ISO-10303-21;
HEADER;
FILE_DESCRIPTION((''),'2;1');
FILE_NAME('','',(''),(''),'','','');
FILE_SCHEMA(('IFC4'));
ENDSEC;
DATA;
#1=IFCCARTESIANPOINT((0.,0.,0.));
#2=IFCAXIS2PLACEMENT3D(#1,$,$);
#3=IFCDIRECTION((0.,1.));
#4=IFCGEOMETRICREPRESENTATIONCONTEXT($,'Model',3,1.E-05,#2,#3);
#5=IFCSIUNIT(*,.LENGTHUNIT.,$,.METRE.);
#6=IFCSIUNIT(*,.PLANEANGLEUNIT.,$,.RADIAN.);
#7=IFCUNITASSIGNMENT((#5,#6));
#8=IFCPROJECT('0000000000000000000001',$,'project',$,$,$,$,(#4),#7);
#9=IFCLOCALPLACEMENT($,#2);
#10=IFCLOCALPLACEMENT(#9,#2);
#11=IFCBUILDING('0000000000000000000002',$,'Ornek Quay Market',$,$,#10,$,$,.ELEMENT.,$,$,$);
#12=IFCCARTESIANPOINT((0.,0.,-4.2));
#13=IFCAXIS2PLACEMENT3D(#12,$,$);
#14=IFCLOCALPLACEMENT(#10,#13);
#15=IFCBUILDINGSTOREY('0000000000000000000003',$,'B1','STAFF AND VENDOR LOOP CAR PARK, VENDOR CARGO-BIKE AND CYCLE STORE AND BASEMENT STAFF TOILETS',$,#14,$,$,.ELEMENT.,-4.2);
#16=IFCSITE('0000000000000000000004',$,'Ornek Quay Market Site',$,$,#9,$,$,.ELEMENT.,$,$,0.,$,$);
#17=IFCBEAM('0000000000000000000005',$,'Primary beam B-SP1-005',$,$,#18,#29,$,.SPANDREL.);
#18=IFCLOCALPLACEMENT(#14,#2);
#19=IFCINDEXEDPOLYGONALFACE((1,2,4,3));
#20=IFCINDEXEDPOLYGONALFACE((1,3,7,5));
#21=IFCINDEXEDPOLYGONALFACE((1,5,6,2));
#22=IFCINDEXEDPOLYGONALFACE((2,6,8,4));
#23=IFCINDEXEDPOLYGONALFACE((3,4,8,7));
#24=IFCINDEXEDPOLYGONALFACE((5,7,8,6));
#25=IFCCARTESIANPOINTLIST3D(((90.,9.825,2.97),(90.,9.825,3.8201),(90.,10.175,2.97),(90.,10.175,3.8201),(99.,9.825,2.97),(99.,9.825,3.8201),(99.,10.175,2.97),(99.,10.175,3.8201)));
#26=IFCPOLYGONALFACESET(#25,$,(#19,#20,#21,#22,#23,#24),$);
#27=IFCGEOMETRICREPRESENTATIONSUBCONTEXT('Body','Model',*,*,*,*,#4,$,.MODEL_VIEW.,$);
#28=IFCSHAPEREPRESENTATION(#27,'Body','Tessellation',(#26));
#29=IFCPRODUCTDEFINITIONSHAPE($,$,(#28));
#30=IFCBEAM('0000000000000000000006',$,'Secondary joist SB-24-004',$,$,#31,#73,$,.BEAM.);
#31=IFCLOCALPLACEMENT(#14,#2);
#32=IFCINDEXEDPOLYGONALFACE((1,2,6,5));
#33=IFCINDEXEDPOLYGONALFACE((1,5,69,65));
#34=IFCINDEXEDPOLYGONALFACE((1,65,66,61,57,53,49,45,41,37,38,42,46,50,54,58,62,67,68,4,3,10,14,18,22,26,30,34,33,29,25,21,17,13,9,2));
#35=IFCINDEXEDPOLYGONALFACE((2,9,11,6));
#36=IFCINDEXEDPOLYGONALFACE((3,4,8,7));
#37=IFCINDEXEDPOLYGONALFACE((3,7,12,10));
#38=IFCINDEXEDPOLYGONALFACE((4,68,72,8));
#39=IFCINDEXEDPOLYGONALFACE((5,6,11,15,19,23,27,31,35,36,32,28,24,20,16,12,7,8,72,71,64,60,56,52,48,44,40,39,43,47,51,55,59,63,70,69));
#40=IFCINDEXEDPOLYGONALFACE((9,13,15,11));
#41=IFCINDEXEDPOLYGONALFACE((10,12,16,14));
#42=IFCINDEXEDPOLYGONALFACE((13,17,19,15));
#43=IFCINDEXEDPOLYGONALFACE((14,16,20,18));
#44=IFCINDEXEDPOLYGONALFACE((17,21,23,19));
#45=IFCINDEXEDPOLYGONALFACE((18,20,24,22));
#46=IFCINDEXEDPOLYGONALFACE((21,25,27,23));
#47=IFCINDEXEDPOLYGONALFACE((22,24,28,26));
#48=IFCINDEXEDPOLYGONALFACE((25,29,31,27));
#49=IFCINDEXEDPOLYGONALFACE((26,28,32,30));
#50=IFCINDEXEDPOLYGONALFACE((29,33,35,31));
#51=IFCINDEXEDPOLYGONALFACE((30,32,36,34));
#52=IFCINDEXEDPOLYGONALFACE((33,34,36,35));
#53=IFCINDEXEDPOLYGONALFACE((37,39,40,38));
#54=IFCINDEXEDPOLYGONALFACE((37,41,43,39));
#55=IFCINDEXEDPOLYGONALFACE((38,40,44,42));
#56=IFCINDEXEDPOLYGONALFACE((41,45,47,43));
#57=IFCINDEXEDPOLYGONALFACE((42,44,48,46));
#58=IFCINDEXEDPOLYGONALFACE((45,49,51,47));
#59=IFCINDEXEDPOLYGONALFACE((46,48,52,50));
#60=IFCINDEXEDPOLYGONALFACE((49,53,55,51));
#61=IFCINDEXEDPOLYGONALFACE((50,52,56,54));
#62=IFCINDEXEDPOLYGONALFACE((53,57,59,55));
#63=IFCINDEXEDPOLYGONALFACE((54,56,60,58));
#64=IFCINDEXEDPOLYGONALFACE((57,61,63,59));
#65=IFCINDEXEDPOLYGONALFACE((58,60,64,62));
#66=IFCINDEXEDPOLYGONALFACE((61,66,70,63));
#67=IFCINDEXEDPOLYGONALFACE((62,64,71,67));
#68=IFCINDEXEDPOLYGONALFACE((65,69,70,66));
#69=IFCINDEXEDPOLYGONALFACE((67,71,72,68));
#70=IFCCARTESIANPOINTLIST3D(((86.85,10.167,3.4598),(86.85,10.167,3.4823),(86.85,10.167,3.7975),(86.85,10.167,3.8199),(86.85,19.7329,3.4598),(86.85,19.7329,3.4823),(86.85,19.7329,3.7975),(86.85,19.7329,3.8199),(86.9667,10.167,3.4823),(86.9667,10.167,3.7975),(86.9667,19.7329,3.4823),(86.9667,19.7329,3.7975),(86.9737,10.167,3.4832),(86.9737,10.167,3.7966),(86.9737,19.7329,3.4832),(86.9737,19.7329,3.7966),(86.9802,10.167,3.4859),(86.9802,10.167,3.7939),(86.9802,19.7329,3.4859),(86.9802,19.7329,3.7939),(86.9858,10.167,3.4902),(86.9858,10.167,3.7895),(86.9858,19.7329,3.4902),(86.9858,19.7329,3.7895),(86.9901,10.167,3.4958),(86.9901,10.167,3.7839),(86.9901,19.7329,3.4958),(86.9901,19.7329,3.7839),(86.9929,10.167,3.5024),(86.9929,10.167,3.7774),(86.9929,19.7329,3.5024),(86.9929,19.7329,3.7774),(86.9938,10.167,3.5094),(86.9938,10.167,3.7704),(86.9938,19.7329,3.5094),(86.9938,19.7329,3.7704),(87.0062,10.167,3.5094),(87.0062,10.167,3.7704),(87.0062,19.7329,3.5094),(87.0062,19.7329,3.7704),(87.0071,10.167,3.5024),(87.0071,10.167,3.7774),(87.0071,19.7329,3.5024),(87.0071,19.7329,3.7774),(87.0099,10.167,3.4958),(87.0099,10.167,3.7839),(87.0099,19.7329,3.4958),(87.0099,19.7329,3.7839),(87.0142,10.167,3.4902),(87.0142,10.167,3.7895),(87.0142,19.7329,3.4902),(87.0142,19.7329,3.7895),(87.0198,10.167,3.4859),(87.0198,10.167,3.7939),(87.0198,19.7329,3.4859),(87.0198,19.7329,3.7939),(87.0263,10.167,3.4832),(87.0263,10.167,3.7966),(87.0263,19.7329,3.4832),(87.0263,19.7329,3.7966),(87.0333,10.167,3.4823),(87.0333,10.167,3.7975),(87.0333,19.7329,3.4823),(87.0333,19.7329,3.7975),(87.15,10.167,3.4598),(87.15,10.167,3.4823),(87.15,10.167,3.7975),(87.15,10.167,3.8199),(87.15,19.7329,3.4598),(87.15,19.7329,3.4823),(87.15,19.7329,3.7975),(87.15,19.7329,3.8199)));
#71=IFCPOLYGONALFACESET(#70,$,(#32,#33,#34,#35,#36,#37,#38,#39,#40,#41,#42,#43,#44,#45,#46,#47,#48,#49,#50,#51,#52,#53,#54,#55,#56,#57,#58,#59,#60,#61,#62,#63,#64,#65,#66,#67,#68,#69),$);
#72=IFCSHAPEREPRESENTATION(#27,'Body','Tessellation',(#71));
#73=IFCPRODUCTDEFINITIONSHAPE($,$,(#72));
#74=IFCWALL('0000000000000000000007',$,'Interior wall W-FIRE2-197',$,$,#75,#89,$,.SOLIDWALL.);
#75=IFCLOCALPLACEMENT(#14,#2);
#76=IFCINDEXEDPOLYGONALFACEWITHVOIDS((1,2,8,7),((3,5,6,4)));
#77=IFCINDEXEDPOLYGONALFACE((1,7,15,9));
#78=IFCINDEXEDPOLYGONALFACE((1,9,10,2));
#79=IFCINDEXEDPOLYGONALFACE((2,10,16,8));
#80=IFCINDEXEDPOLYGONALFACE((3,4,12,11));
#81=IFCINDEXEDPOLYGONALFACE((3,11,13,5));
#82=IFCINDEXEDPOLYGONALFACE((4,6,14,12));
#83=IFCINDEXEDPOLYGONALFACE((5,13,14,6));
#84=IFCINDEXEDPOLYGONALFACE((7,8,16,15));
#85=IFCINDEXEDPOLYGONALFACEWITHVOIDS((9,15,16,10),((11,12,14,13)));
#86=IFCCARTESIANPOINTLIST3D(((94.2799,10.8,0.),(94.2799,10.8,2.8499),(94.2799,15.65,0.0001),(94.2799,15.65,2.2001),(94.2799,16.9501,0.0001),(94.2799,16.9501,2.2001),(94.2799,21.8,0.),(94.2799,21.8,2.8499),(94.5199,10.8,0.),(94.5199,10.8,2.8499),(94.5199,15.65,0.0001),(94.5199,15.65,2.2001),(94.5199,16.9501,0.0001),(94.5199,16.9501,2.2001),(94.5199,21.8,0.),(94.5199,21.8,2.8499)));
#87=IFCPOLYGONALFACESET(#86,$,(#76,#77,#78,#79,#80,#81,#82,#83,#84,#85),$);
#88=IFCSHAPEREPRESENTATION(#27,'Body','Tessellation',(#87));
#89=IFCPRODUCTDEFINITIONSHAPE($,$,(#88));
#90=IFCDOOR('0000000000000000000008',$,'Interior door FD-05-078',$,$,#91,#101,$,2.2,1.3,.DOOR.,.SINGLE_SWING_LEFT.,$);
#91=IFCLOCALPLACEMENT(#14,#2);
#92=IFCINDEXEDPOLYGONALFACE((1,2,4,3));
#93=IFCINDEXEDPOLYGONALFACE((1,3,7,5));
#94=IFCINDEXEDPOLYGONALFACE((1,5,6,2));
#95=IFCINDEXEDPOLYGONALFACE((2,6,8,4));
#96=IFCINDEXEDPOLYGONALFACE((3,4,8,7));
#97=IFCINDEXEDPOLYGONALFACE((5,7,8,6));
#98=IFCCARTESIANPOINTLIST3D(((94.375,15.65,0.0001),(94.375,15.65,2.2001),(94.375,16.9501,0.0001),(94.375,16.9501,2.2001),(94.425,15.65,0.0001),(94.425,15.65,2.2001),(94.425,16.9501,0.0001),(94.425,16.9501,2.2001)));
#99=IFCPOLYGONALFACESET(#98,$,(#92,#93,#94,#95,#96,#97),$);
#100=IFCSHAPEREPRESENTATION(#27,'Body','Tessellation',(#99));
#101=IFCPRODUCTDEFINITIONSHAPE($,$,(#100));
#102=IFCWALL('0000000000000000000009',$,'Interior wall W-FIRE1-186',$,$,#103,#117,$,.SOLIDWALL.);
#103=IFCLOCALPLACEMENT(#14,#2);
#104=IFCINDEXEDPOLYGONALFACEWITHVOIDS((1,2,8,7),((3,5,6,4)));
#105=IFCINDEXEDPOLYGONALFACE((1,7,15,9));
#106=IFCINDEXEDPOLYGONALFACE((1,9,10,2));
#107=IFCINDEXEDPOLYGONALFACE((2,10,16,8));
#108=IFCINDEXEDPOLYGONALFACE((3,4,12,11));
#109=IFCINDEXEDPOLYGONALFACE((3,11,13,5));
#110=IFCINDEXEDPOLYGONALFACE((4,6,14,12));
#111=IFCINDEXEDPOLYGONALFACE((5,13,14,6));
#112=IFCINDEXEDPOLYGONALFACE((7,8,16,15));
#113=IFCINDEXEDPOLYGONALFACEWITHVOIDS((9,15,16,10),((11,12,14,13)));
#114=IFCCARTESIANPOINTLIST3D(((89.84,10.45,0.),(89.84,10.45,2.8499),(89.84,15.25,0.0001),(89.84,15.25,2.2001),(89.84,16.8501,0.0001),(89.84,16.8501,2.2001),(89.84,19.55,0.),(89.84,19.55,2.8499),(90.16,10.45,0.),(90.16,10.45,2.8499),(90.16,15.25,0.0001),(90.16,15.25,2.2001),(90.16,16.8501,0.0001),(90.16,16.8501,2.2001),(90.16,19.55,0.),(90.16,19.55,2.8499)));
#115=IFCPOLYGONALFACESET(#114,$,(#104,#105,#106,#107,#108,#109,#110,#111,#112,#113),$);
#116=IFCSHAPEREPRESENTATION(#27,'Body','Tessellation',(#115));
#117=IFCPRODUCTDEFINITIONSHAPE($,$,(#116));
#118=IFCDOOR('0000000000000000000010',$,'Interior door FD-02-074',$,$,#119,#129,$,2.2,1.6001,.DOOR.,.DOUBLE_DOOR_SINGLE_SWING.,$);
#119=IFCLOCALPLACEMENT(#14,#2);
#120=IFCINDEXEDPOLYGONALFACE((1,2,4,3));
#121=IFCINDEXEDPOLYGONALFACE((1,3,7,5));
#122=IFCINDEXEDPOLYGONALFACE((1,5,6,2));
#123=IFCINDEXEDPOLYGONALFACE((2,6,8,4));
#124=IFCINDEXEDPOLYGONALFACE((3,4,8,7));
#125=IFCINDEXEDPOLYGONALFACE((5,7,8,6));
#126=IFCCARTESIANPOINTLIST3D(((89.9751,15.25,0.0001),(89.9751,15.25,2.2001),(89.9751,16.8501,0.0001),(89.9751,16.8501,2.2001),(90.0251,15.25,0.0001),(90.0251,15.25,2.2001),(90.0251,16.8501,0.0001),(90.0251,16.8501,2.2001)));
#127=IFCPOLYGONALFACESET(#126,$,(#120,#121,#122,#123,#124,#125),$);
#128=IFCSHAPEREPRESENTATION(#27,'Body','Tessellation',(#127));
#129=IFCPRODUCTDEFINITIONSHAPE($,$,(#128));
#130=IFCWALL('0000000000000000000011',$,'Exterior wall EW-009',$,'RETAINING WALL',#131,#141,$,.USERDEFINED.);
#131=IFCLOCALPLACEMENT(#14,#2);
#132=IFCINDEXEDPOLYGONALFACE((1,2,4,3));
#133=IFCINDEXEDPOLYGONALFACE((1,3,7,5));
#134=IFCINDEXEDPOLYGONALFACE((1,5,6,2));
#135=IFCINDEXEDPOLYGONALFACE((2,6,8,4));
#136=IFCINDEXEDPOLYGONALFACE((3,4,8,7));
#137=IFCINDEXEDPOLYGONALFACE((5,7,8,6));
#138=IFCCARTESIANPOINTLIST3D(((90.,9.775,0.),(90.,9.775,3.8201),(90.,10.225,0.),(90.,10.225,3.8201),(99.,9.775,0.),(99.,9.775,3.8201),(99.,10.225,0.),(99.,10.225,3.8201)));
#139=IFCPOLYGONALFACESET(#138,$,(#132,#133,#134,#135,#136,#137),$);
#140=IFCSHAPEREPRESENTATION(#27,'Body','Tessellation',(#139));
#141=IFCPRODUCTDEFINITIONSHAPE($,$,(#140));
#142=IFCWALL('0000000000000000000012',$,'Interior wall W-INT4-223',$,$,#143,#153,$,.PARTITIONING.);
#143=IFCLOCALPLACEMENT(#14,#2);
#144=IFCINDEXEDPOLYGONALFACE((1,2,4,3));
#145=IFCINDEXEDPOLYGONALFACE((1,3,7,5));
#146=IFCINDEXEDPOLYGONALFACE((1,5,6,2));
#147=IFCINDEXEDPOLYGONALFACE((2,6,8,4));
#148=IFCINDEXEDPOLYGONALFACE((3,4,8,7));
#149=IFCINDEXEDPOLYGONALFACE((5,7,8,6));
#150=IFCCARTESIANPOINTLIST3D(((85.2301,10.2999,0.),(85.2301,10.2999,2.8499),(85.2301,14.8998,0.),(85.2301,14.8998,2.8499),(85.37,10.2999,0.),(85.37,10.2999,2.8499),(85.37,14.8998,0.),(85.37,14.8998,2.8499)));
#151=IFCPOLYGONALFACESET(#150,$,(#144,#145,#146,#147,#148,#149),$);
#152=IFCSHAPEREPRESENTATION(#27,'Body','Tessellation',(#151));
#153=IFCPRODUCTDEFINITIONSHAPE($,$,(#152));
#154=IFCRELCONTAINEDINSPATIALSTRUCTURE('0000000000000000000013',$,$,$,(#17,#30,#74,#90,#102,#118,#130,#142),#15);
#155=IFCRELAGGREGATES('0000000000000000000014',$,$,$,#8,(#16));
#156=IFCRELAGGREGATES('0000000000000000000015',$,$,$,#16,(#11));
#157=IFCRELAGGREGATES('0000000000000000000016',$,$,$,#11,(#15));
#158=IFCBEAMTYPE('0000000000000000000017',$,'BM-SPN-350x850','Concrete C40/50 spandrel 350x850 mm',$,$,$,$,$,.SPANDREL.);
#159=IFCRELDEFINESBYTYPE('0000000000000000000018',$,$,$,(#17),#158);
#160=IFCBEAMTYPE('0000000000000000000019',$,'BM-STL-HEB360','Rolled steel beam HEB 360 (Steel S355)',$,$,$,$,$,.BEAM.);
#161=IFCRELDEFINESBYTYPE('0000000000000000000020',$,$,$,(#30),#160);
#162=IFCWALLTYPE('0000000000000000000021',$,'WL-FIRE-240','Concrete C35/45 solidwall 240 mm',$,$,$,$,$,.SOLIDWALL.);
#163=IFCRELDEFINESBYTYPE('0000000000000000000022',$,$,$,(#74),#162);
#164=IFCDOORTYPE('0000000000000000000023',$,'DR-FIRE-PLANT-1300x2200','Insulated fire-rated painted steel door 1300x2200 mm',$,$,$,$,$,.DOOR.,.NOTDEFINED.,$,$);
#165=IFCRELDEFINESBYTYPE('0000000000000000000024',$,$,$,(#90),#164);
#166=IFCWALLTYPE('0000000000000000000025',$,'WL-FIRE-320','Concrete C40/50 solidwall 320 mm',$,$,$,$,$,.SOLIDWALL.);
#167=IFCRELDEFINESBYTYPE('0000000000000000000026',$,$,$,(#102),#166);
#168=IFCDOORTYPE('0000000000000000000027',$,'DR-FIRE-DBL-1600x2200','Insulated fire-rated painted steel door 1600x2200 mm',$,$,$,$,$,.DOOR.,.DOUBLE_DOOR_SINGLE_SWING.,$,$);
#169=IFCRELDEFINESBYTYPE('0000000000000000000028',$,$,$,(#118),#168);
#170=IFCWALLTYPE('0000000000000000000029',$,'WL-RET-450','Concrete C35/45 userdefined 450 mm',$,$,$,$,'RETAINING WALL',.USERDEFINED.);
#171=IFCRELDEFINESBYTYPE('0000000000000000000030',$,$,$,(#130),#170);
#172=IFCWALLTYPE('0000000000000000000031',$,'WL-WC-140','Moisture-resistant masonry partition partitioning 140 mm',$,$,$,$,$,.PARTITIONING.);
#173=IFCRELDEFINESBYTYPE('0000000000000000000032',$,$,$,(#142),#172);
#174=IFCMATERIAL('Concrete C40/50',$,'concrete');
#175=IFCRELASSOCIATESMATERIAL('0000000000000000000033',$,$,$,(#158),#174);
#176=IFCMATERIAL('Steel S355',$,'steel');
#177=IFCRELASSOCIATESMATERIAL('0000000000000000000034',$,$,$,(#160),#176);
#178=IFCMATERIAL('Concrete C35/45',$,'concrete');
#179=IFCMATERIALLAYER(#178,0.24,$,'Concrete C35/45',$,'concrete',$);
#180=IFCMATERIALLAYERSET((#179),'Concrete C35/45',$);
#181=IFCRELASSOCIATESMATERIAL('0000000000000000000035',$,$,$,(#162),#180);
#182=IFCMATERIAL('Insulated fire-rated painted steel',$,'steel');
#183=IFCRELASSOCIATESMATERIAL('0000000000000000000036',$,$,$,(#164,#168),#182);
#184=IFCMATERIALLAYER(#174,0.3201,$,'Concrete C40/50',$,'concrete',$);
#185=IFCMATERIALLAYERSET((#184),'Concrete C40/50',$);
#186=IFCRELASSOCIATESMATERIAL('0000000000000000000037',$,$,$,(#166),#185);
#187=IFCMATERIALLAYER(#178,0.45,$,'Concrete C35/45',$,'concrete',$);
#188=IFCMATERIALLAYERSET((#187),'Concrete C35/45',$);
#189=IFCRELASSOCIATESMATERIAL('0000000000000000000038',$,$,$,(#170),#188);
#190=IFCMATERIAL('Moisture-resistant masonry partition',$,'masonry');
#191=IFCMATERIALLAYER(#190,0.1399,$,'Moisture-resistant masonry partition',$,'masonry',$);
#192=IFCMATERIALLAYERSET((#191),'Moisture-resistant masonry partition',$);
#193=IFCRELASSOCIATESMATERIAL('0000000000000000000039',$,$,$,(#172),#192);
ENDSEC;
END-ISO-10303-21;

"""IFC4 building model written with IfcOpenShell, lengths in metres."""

from ifc_helpers import new_model, si_unit, direction, frame, frame_2d, origin, origin_2d, place, context, subcontext, project, spatial, rectangle, i_section, extrude, material, layer, layer_set, material_profile, profile_set, type_object, element, fill, save


model = new_model("IFC4")

# Units and contexts
model_context = context("Model", 3, precision=1e-05, world=origin(), true_north=direction((0.0, 1.0)))
body_context = subcontext(model_context, "Body", "Model", "MODEL_VIEW")
ifc_project = project(units=[si_unit("LENGTHUNIT", "METRE"), si_unit("PLANEANGLEUNIT", "RADIAN")], contexts=[model_context])

# Site, building, storey
site_placement = place(None, origin())
site = spatial("IfcSite", under=ifc_project, at=site_placement, Name="Ornek Quay Market Site", CompositionType="ELEMENT", RefElevation=0.0)
building_placement = place(site_placement, origin())
building = spatial("IfcBuilding", under=site, at=building_placement, Name="Ornek Quay Market", CompositionType="ELEMENT")
storey_placement = place(building_placement, frame((0.0, 0.0, -4.2)))
storey = spatial("IfcBuildingStorey", under=building, at=storey_placement, Name="B1", Description="STAFF AND VENDOR LOOP CAR PARK, VENDOR CARGO-BIKE AND CYCLE STORE AND BASEMENT STAFF TOILETS", CompositionType="ELEMENT", Elevation=-4.2)

# Shared definitions
ifc_material_1 = material(Name="Concrete C35/45", Category="concrete")

# Shared definitions
ifc_material_2 = material(Name="Concrete C40/50", Category="concrete")

# Beams
ifc_material_profile_1 = material_profile(ifc_material_2, rectangle(XDim=0.3501, YDim=0.8501, at=origin_2d()), Name="RC 350x850", Category="concrete")
ifc_profile_set_1 = profile_set([ifc_material_profile_1], Name="Concrete C40/50")
beam_type_1 = type_object("IfcBeamType", Name="BM-SPN-350x850", Description="Concrete C40/50 spandrel 350x850 mm", PredefinedType="SPANDREL", material=ifc_profile_set_1)
beam_1_placement = place(storey_placement, frame((90.0, 10.0, 3.395), z_axis=(1.0, 0.0, 0.0), x_axis=(0.0, 1.0, 0.0)))
element("IfcBeam", 1, at=beam_1_placement, inside=storey, type_object=beam_type_1, Name="Primary beam B-SP1-005", PredefinedType="SPANDREL", context=body_context, shape_type="SweptSolid", body=[
    extrude(rectangle(XDim=0.3501, YDim=0.8501, at=origin_2d()), origin(), (0.0, 0.0, 1.0), 9.0),
])
ifc_material_3 = material(Name="Steel S355", Category="steel")
ifc_material_profile_2 = material_profile(ifc_material_3, i_section(OverallWidth=0.3, OverallDepth=0.3601, WebThickness=0.0125, FlangeThickness=0.0225, FilletRadius=0.0271, at=origin_2d()), Name="HEB 360", Category="steel")
ifc_profile_set_2 = profile_set([ifc_material_profile_2], Name="Steel S355")
beam_type_2 = type_object("IfcBeamType", Name="BM-STL-HEB360", Description="Rolled steel beam HEB 360 (Steel S355)", PredefinedType="BEAM", material=ifc_profile_set_2)
beam_2_placement = place(storey_placement, frame((87.0, 10.167, 3.6399), z_axis=(0.0, 1.0, 0.0), x_axis=(-1.0, 0.0, 0.0)))
element("IfcBeam", 2, at=beam_2_placement, inside=storey, type_object=beam_type_2, Name="Secondary joist SB-24-004", PredefinedType="BEAM", context=body_context, shape_type="SweptSolid", body=[
    extrude(i_section(OverallWidth=0.3, OverallDepth=0.3601, WebThickness=0.0125, FlangeThickness=0.0225, FilletRadius=0.0271, at=origin_2d()), origin(), (0.0, 0.0, 1.0), 9.5659),
])

# Walls, openings, doors
ifc_layer_1 = layer(ifc_material_1, 0.24, Name="Concrete C35/45", Category="concrete")
ifc_layer_set_1 = layer_set([ifc_layer_1], Name="Concrete C35/45")
wall_type_1 = type_object("IfcWallType", Name="WL-FIRE-240", Description="Concrete C35/45 solidwall 240 mm", PredefinedType="SOLIDWALL", material=ifc_layer_set_1)
wall_1_placement = place(storey_placement, frame((94.3999, 10.8, 0.0), z_axis=(0.0, 0.0, 1.0), x_axis=(0.0, 1.0, 0.0)))
wall_1 = element("IfcWall", 3, at=wall_1_placement, inside=storey, type_object=wall_type_1, Name="Interior wall W-FIRE2-197", PredefinedType="SOLIDWALL", context=body_context, shape_type="SweptSolid", body=[
    extrude(rectangle(XDim=11.0, YDim=0.24, at=frame_2d((5.5, 0.0))), origin(), (0.0, 0.0, 1.0), 2.8499),
])
opening_1_placement = place(wall_1_placement, frame((4.8501, 0.0, 0.0)))
opening_1 = element("IfcOpeningElement", 4, at=opening_1_placement, cuts=wall_1, PredefinedType="OPENING", context=body_context, shape_type="SweptSolid", body=[
    extrude(rectangle(XDim=1.3, YDim=2.2, at=frame_2d((0.6499, 1.1001))), frame((0.0, 0.1299, 0.0), z_axis=(0.0, -1.0, 0.0), x_axis=(1.0, 0.0, 0.0)), (0.0, 0.0, 1.0), 0.26),
])
ifc_material_4 = material(Name="Insulated fire-rated painted steel", Category="steel")
door_type_1 = type_object("IfcDoorType", Name="DR-FIRE-PLANT-1300x2200", Description="Insulated fire-rated painted steel door 1300x2200 mm", OperationType="NOTDEFINED", PredefinedType="DOOR", material=ifc_material_4)
door_1_placement = place(opening_1_placement, origin())
door_1 = element("IfcDoor", 5, at=door_1_placement, inside=storey, type_object=door_type_1, Name="Interior door FD-05-078", OperationType="SINGLE_SWING_LEFT", OverallHeight=2.2, OverallWidth=1.3, PredefinedType="DOOR", context=body_context, shape_type="SweptSolid", body=[
    extrude(rectangle(XDim=1.3, YDim=2.2, at=frame_2d((0.6499, 1.1001))), frame((0.0, 0.0249, 0.0), z_axis=(0.0, -1.0, 0.0), x_axis=(1.0, 0.0, 0.0)), (0.0, 0.0, 1.0), 0.05),
])
fill(opening_1, door_1)
ifc_layer_2 = layer(ifc_material_2, 0.3201, Name="Concrete C40/50", Category="concrete")
ifc_layer_set_2 = layer_set([ifc_layer_2], Name="Concrete C40/50")
wall_type_2 = type_object("IfcWallType", Name="WL-FIRE-320", Description="Concrete C40/50 solidwall 320 mm", PredefinedType="SOLIDWALL", material=ifc_layer_set_2)
wall_2_placement = place(storey_placement, frame((90.0, 10.45, 0.0), z_axis=(0.0, 0.0, 1.0), x_axis=(0.0, 1.0, 0.0)))
wall_2 = element("IfcWall", 6, at=wall_2_placement, inside=storey, type_object=wall_type_2, Name="Interior wall W-FIRE1-186", PredefinedType="SOLIDWALL", context=body_context, shape_type="SweptSolid", body=[
    extrude(rectangle(XDim=9.1001, YDim=0.3201, at=frame_2d((4.55, 0.0))), origin(), (0.0, 0.0, 1.0), 2.8499),
])
opening_2_placement = place(wall_2_placement, frame((4.8, 0.0, 0.0)))
opening_2 = element("IfcOpeningElement", 7, at=opening_2_placement, cuts=wall_2, PredefinedType="OPENING", context=body_context, shape_type="SweptSolid", body=[
    extrude(rectangle(XDim=1.6001, YDim=2.2, at=frame_2d((0.8, 1.1001))), frame((0.0, 0.1699, 0.0), z_axis=(0.0, -1.0, 0.0), x_axis=(1.0, 0.0, 0.0)), (0.0, 0.0, 1.0), 0.3401),
])
door_type_2 = type_object("IfcDoorType", Name="DR-FIRE-DBL-1600x2200", Description="Insulated fire-rated painted steel door 1600x2200 mm", OperationType="DOUBLE_DOOR_SINGLE_SWING", PredefinedType="DOOR", material=ifc_material_4)
door_2_placement = place(opening_2_placement, origin())
door_2 = element("IfcDoor", 8, at=door_2_placement, inside=storey, type_object=door_type_2, Name="Interior door FD-02-074", OperationType="DOUBLE_DOOR_SINGLE_SWING", OverallHeight=2.2, OverallWidth=1.6001, PredefinedType="DOOR", context=body_context, shape_type="SweptSolid", body=[
    extrude(rectangle(XDim=1.6001, YDim=2.2, at=frame_2d((0.8, 1.1001))), frame((0.0, 0.0249, 0.0), z_axis=(0.0, -1.0, 0.0), x_axis=(1.0, 0.0, 0.0)), (0.0, 0.0, 1.0), 0.05),
])
fill(opening_2, door_2)

# Walls
ifc_layer_3 = layer(ifc_material_1, 0.45, Name="Concrete C35/45", Category="concrete")
ifc_layer_set_3 = layer_set([ifc_layer_3], Name="Concrete C35/45")
wall_type_3 = type_object("IfcWallType", Name="WL-RET-450", Description="Concrete C35/45 userdefined 450 mm", ElementType="RETAINING WALL", PredefinedType="USERDEFINED", material=ifc_layer_set_3)
wall_3_placement = place(storey_placement, frame((90.0, 10.0, 0.0), z_axis=(0.0, 0.0, 1.0), x_axis=(1.0, 0.0, 0.0)))
element("IfcWall", 9, at=wall_3_placement, inside=storey, type_object=wall_type_3, Name="Exterior wall EW-009", ObjectType="RETAINING WALL", PredefinedType="USERDEFINED", context=body_context, shape_type="SweptSolid", body=[
    extrude(rectangle(XDim=9.0, YDim=0.45, at=frame_2d((4.5, 0.0))), origin(), (0.0, 0.0, 1.0), 3.8201),
])
ifc_material_5 = material(Name="Moisture-resistant masonry partition", Category="masonry")
ifc_layer_4 = layer(ifc_material_5, 0.1399, Name="Moisture-resistant masonry partition", Category="masonry")
ifc_layer_set_4 = layer_set([ifc_layer_4], Name="Moisture-resistant masonry partition")
wall_type_4 = type_object("IfcWallType", Name="WL-WC-140", Description="Moisture-resistant masonry partition partitioning 140 mm", PredefinedType="PARTITIONING", material=ifc_layer_set_4)
wall_4_placement = place(storey_placement, frame((85.3, 10.3, 0.0), z_axis=(0.0, 0.0, 1.0), x_axis=(0.0, 1.0, 0.0)))
element("IfcWall", 10, at=wall_4_placement, inside=storey, type_object=wall_type_4, Name="Interior wall W-INT4-223", PredefinedType="PARTITIONING", context=body_context, shape_type="SweptSolid", body=[
    extrude(rectangle(XDim=4.5999, YDim=0.1399, at=frame_2d((2.2998, 0.0))), origin(), (0.0, 0.0, 1.0), 2.8499),
])

save(model, "model.ifc")
